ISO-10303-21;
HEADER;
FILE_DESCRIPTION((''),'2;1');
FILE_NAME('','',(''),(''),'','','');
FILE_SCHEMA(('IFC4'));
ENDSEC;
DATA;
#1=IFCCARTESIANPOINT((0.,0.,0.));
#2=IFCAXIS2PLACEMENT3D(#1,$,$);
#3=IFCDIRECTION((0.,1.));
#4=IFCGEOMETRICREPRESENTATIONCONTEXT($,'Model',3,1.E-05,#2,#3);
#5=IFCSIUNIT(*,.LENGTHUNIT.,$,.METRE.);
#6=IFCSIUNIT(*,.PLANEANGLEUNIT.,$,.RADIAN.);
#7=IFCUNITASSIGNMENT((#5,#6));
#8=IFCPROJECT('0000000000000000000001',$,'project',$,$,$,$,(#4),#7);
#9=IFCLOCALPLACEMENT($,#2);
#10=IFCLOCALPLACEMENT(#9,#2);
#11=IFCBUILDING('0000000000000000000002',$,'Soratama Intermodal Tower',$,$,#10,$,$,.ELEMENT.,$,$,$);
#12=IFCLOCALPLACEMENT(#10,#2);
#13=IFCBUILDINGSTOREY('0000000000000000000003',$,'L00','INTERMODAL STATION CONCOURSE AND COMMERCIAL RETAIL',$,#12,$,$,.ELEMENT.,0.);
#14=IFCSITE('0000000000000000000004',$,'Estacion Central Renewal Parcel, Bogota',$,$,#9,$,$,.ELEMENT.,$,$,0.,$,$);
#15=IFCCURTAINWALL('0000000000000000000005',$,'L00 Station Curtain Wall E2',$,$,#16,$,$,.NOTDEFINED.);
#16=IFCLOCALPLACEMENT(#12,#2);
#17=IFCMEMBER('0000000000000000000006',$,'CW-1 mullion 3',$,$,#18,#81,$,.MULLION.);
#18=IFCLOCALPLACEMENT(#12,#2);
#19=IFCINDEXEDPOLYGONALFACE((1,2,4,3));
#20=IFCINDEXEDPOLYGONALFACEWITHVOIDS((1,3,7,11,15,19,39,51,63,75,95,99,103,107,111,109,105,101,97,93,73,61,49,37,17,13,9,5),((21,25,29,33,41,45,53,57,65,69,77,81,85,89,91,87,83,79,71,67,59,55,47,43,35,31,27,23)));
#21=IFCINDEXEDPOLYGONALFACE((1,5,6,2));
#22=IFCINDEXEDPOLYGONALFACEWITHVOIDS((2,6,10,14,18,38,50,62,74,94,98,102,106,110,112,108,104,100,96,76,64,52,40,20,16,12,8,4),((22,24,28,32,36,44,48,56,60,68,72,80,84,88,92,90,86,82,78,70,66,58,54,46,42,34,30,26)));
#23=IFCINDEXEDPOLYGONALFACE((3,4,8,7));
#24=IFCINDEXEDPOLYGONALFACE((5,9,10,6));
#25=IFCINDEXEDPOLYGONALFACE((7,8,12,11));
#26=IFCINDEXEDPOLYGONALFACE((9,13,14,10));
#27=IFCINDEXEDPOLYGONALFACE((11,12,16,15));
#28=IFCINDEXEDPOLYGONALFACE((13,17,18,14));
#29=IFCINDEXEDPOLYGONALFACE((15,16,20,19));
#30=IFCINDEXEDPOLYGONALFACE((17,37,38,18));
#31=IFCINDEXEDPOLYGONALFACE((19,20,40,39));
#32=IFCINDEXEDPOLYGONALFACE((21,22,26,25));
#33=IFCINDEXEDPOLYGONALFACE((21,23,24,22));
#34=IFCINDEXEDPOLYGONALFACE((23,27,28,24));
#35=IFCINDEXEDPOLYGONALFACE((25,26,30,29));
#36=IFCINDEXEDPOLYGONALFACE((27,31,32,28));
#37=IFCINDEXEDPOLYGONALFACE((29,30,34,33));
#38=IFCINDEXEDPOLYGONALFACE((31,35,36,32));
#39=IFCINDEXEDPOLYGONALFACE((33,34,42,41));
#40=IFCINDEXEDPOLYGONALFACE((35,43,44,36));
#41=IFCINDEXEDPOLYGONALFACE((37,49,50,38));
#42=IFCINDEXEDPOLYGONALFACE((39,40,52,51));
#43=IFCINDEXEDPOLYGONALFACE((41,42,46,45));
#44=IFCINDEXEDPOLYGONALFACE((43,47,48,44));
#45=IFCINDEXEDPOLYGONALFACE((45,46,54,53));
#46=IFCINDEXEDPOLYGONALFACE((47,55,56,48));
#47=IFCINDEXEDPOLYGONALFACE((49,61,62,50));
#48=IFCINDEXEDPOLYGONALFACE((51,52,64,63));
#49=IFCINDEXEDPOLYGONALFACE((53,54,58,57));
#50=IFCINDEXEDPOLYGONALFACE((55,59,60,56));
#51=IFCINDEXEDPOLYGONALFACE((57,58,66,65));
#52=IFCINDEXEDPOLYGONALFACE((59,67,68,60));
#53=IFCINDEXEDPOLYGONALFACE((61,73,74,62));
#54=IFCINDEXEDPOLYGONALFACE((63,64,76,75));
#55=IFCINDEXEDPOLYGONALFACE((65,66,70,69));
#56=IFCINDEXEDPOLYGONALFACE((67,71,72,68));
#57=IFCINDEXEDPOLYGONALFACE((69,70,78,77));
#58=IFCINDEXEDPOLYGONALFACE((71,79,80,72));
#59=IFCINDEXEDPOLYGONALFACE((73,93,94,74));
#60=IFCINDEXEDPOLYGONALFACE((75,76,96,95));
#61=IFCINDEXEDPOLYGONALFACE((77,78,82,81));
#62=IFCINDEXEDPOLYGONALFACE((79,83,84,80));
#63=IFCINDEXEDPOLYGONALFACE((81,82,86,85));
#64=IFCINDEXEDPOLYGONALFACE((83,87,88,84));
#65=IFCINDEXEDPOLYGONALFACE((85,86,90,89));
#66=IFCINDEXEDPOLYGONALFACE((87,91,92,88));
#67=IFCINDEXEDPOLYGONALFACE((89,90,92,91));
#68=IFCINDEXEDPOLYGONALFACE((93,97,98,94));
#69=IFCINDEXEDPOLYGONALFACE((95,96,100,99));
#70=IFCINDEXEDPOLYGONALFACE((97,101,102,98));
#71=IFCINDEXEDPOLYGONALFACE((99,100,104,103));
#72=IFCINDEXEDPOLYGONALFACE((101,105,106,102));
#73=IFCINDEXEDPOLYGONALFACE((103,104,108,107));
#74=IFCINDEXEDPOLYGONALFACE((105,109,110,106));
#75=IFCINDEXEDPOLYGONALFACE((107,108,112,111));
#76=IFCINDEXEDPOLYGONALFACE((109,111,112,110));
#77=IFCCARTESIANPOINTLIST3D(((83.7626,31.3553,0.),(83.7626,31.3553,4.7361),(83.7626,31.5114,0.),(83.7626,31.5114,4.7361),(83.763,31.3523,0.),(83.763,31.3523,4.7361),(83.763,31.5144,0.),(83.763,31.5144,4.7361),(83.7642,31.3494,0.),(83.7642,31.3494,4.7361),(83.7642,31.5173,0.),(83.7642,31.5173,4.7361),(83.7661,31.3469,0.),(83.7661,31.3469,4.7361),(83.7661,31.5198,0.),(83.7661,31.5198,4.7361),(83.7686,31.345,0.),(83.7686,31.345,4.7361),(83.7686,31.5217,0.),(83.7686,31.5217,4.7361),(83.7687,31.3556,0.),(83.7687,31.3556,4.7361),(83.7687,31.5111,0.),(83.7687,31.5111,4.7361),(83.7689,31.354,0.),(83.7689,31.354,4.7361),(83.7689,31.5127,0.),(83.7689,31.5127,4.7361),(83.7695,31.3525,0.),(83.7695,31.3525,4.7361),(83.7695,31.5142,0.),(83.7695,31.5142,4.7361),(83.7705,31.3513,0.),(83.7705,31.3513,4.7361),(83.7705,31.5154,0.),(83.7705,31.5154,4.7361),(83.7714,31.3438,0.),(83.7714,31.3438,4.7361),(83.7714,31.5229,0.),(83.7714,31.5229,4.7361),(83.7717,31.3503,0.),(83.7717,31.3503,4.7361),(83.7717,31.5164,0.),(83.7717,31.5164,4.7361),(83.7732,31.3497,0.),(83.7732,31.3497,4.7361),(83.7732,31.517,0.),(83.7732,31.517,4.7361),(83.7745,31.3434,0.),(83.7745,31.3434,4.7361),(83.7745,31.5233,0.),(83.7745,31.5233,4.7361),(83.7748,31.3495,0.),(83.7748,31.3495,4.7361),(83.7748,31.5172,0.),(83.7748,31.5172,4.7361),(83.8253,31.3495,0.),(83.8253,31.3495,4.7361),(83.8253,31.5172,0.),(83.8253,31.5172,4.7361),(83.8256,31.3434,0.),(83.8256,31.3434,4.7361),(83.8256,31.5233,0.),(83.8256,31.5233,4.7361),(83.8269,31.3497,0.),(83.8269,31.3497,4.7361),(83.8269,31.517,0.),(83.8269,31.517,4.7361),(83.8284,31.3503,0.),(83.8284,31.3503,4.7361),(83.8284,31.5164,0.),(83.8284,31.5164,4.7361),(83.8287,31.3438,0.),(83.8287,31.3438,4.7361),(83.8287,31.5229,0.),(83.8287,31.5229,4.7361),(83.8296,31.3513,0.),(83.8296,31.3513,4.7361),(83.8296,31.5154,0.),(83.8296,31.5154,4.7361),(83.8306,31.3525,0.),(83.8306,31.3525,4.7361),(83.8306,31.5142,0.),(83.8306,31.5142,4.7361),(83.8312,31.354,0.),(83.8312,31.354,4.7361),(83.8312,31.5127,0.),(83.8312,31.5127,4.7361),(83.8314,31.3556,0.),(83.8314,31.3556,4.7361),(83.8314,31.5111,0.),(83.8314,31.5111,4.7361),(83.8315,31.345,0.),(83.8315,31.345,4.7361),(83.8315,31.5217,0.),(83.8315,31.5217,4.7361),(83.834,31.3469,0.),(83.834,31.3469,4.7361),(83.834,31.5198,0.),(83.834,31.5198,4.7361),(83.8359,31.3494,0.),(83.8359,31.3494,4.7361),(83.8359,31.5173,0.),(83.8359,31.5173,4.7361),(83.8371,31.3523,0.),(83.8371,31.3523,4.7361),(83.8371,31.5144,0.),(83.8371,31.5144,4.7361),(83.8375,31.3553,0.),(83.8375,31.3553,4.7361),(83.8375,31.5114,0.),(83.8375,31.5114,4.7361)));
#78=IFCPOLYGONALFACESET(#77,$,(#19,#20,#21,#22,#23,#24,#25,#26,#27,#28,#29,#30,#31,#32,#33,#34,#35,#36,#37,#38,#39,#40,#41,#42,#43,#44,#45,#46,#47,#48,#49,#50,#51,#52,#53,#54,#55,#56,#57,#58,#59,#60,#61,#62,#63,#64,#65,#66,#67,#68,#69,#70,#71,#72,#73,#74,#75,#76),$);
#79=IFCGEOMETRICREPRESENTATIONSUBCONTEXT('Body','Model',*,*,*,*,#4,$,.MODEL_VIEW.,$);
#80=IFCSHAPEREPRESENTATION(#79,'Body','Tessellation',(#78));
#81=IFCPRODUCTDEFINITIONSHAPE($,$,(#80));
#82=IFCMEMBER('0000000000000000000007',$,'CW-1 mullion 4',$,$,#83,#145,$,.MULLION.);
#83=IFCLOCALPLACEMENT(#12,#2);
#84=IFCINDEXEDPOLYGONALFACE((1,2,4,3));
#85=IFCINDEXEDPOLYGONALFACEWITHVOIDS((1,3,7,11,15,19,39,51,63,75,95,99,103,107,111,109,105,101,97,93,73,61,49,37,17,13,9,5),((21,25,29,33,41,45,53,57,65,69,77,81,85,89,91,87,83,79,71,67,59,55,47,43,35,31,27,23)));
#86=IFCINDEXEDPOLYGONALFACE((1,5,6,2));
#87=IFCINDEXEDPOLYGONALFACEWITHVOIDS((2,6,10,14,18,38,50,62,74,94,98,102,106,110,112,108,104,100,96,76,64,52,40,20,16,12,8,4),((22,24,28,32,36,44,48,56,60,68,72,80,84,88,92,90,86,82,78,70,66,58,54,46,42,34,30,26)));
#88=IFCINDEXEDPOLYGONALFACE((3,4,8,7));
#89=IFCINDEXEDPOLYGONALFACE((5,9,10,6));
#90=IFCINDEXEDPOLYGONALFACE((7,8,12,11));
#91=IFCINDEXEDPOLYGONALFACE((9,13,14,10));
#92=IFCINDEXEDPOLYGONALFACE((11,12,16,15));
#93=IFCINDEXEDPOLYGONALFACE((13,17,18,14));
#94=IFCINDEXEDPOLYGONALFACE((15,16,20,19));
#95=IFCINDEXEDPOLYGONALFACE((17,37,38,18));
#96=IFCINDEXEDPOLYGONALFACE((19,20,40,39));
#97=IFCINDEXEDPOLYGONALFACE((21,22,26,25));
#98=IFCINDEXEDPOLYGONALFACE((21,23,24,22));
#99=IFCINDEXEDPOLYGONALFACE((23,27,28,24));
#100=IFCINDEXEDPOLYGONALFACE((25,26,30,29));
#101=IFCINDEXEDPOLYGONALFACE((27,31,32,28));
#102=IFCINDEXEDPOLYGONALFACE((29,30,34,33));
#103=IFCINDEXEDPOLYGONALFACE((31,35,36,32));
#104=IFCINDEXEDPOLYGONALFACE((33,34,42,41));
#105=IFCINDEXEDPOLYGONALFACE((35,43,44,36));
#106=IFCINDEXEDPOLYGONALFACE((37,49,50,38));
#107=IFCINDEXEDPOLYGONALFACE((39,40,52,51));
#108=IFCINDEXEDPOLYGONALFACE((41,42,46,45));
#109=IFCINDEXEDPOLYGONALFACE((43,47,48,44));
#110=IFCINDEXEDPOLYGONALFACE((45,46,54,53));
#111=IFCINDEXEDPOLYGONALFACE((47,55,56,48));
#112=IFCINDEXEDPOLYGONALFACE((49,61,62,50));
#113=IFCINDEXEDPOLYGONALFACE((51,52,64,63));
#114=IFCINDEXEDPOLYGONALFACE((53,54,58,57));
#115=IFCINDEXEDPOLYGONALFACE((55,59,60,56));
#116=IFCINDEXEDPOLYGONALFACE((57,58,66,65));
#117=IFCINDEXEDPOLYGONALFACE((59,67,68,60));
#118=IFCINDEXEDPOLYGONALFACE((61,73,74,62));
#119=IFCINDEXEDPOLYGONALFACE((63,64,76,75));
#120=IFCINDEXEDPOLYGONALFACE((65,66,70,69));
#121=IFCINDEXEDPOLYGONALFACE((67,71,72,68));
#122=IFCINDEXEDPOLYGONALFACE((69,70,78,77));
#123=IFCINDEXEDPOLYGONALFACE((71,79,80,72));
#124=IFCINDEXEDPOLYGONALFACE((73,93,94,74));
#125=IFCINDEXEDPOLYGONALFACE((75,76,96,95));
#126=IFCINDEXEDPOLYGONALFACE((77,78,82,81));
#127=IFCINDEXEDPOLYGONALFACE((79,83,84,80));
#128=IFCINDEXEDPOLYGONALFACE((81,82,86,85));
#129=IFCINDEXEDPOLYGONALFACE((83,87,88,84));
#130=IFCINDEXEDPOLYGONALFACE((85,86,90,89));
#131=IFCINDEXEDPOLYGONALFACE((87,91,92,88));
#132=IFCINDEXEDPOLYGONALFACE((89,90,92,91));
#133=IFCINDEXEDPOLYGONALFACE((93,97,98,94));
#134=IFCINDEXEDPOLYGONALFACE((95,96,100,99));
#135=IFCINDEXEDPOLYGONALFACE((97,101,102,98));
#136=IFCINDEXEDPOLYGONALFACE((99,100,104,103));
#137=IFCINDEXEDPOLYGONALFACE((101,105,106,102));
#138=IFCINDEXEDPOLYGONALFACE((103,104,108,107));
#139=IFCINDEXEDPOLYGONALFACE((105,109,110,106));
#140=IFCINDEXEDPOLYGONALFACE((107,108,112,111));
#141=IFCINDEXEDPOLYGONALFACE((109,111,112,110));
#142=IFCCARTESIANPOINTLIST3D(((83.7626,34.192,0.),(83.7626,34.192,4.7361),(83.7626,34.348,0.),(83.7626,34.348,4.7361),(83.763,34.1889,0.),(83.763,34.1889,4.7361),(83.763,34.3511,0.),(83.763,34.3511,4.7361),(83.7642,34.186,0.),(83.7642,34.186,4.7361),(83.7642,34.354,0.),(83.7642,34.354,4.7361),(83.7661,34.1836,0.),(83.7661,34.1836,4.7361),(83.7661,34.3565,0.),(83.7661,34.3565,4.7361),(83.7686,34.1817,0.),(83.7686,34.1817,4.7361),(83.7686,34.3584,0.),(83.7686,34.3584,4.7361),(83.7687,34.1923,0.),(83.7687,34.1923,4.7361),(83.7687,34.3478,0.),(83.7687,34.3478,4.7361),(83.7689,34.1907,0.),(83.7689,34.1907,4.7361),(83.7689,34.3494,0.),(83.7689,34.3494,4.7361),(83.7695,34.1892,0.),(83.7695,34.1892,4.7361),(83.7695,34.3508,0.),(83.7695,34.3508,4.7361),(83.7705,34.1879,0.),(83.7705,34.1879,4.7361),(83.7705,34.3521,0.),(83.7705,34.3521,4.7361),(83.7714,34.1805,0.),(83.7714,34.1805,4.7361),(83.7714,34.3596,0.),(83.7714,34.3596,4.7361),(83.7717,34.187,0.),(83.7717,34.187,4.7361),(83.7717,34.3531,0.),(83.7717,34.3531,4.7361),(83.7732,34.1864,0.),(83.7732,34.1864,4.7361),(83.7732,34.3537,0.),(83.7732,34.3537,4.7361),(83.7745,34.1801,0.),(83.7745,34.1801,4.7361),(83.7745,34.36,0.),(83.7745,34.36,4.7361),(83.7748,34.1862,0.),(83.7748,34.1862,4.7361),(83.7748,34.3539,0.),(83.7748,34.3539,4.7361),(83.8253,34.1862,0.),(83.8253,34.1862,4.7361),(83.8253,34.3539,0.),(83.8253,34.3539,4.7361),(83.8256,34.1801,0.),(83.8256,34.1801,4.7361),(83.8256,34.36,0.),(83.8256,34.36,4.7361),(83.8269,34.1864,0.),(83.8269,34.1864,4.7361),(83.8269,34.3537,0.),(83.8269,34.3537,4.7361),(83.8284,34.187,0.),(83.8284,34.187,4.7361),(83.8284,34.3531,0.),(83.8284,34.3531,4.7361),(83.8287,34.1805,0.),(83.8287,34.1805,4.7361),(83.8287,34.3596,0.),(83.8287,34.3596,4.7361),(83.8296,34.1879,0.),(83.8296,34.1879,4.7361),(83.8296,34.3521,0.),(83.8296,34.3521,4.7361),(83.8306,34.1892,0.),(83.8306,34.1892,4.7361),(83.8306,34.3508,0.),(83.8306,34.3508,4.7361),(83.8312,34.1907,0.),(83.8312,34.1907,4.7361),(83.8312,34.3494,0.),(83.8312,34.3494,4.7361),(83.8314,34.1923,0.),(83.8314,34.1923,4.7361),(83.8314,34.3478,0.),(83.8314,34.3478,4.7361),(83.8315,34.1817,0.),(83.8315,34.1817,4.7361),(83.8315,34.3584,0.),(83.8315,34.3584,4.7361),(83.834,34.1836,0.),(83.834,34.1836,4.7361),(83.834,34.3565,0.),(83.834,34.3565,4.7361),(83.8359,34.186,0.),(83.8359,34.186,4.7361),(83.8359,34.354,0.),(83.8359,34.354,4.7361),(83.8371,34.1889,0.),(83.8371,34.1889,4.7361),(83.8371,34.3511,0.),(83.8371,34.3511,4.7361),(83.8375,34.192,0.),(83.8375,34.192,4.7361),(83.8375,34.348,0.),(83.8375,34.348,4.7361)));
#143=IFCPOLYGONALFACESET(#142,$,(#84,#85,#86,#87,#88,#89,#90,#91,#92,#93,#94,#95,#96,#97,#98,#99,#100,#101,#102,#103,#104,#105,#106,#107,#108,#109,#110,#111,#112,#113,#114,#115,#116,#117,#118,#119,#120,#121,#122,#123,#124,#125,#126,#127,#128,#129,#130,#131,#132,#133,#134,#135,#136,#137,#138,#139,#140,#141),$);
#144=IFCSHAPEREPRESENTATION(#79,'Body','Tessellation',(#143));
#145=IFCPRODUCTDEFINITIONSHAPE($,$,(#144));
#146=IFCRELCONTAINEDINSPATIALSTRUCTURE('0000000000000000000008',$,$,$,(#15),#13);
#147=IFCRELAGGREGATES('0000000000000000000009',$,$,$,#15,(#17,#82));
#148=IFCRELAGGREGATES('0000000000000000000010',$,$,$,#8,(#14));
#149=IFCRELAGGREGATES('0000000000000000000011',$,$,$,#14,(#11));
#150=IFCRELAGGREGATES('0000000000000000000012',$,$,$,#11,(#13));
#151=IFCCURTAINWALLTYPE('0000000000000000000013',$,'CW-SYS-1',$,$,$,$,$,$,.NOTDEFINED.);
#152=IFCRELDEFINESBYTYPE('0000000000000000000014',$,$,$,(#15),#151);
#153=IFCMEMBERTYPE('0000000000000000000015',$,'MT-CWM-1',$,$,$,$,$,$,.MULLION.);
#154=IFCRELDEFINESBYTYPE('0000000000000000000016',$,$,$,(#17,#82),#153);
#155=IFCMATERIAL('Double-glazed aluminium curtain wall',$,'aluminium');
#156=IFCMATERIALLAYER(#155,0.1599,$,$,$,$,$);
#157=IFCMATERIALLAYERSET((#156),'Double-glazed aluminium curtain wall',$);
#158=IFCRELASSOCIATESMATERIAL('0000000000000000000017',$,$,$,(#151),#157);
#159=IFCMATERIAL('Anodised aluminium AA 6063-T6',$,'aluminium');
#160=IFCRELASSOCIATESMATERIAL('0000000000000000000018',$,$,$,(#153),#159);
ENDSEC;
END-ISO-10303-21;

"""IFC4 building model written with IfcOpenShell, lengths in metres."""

from ifc_helpers import new_model, si_unit, direction, frame, origin, origin_2d, place, context, subcontext, project, spatial, hollow_rectangle, extrude, material, layer, layer_set, material_profile, profile_set, type_object, element, aggregate, save


model = new_model("IFC4")

# Units and contexts
model_context = context("Model", 3, precision=1e-05, world=origin(), true_north=direction((0.0, 1.0)))
body_context = subcontext(model_context, "Body", "Model", "MODEL_VIEW")
ifc_project = project(units=[si_unit("LENGTHUNIT", "METRE"), si_unit("PLANEANGLEUNIT", "RADIAN")], contexts=[model_context])

# Site, building, storey
site_placement = place(None, origin())
site = spatial("IfcSite", under=ifc_project, at=site_placement, Name="Estacion Central Renewal Parcel, Bogota", CompositionType="ELEMENT", RefElevation=0.0)
building_placement = place(site_placement, origin())
building = spatial("IfcBuilding", under=site, at=building_placement, Name="Soratama Intermodal Tower", CompositionType="ELEMENT")
storey_placement = place(building_placement, origin())
storey = spatial("IfcBuildingStorey", under=building, at=storey_placement, Name="L00", Description="INTERMODAL STATION CONCOURSE AND COMMERCIAL RETAIL", CompositionType="ELEMENT", Elevation=0.0)

# Curtain wall, members
ifc_material_1 = material(Name="Double-glazed aluminium curtain wall", Category="aluminium")
ifc_layer_1 = layer(ifc_material_1, 0.1599)
ifc_layer_set_1 = layer_set([ifc_layer_1], Name="Double-glazed aluminium curtain wall")
curtain_wall_type = type_object("IfcCurtainWallType", Name="CW-SYS-1", PredefinedType="NOTDEFINED", material=ifc_layer_set_1)
curtain_wall_placement = place(storey_placement, origin())
curtain_wall = element("IfcCurtainWall", 1, at=curtain_wall_placement, inside=storey, type_object=curtain_wall_type, Name="L00 Station Curtain Wall E2", PredefinedType="NOTDEFINED")
ifc_material_2 = material(Name="Anodised aluminium AA 6063-T6", Category="aluminium")
ifc_material_profile_1 = material_profile(ifc_material_2, hollow_rectangle(XDim=0.075, YDim=0.1799, WallThickness=0.0061, InnerFilletRadius=0.0061, OuterFilletRadius=0.012, at=origin_2d()), Name="CWM180X75X6")
ifc_profile_set_1 = profile_set([ifc_material_profile_1], Name="Anodised aluminium AA 6063-T6")
member_type_1 = type_object("IfcMemberType", Name="MT-CWM-1", PredefinedType="MULLION", material=ifc_profile_set_1)
member_1_placement = place(storey_placement, frame((83.8, 31.4333, 0.0), z_axis=(0.0, 0.0, 1.0), x_axis=(-1.0, 0.0, 0.0)))
member_1 = element("IfcMember", 2, at=member_1_placement, type_object=member_type_1, Name="CW-1 mullion 3", PredefinedType="MULLION", context=body_context, shape_type="SweptSolid", body=[
    extrude(hollow_rectangle(XDim=0.075, YDim=0.1799, WallThickness=0.0061, InnerFilletRadius=0.0061, OuterFilletRadius=0.012, at=origin_2d()), origin(), (0.0, 0.0, 1.0), 4.7361),
])
member_2_placement = place(storey_placement, frame((83.8, 34.27, 0.0), z_axis=(0.0, 0.0, 1.0), x_axis=(-1.0, 0.0, 0.0)))
member_2 = element("IfcMember", 3, at=member_2_placement, type_object=member_type_1, Name="CW-1 mullion 4", PredefinedType="MULLION", context=body_context, shape_type="SweptSolid", body=[
    extrude(hollow_rectangle(XDim=0.075, YDim=0.1799, WallThickness=0.0061, InnerFilletRadius=0.0061, OuterFilletRadius=0.012, at=origin_2d()), origin(), (0.0, 0.0, 1.0), 4.7361),
])
aggregate(curtain_wall, [member_1, member_2])

save(model, "model.ifc")
